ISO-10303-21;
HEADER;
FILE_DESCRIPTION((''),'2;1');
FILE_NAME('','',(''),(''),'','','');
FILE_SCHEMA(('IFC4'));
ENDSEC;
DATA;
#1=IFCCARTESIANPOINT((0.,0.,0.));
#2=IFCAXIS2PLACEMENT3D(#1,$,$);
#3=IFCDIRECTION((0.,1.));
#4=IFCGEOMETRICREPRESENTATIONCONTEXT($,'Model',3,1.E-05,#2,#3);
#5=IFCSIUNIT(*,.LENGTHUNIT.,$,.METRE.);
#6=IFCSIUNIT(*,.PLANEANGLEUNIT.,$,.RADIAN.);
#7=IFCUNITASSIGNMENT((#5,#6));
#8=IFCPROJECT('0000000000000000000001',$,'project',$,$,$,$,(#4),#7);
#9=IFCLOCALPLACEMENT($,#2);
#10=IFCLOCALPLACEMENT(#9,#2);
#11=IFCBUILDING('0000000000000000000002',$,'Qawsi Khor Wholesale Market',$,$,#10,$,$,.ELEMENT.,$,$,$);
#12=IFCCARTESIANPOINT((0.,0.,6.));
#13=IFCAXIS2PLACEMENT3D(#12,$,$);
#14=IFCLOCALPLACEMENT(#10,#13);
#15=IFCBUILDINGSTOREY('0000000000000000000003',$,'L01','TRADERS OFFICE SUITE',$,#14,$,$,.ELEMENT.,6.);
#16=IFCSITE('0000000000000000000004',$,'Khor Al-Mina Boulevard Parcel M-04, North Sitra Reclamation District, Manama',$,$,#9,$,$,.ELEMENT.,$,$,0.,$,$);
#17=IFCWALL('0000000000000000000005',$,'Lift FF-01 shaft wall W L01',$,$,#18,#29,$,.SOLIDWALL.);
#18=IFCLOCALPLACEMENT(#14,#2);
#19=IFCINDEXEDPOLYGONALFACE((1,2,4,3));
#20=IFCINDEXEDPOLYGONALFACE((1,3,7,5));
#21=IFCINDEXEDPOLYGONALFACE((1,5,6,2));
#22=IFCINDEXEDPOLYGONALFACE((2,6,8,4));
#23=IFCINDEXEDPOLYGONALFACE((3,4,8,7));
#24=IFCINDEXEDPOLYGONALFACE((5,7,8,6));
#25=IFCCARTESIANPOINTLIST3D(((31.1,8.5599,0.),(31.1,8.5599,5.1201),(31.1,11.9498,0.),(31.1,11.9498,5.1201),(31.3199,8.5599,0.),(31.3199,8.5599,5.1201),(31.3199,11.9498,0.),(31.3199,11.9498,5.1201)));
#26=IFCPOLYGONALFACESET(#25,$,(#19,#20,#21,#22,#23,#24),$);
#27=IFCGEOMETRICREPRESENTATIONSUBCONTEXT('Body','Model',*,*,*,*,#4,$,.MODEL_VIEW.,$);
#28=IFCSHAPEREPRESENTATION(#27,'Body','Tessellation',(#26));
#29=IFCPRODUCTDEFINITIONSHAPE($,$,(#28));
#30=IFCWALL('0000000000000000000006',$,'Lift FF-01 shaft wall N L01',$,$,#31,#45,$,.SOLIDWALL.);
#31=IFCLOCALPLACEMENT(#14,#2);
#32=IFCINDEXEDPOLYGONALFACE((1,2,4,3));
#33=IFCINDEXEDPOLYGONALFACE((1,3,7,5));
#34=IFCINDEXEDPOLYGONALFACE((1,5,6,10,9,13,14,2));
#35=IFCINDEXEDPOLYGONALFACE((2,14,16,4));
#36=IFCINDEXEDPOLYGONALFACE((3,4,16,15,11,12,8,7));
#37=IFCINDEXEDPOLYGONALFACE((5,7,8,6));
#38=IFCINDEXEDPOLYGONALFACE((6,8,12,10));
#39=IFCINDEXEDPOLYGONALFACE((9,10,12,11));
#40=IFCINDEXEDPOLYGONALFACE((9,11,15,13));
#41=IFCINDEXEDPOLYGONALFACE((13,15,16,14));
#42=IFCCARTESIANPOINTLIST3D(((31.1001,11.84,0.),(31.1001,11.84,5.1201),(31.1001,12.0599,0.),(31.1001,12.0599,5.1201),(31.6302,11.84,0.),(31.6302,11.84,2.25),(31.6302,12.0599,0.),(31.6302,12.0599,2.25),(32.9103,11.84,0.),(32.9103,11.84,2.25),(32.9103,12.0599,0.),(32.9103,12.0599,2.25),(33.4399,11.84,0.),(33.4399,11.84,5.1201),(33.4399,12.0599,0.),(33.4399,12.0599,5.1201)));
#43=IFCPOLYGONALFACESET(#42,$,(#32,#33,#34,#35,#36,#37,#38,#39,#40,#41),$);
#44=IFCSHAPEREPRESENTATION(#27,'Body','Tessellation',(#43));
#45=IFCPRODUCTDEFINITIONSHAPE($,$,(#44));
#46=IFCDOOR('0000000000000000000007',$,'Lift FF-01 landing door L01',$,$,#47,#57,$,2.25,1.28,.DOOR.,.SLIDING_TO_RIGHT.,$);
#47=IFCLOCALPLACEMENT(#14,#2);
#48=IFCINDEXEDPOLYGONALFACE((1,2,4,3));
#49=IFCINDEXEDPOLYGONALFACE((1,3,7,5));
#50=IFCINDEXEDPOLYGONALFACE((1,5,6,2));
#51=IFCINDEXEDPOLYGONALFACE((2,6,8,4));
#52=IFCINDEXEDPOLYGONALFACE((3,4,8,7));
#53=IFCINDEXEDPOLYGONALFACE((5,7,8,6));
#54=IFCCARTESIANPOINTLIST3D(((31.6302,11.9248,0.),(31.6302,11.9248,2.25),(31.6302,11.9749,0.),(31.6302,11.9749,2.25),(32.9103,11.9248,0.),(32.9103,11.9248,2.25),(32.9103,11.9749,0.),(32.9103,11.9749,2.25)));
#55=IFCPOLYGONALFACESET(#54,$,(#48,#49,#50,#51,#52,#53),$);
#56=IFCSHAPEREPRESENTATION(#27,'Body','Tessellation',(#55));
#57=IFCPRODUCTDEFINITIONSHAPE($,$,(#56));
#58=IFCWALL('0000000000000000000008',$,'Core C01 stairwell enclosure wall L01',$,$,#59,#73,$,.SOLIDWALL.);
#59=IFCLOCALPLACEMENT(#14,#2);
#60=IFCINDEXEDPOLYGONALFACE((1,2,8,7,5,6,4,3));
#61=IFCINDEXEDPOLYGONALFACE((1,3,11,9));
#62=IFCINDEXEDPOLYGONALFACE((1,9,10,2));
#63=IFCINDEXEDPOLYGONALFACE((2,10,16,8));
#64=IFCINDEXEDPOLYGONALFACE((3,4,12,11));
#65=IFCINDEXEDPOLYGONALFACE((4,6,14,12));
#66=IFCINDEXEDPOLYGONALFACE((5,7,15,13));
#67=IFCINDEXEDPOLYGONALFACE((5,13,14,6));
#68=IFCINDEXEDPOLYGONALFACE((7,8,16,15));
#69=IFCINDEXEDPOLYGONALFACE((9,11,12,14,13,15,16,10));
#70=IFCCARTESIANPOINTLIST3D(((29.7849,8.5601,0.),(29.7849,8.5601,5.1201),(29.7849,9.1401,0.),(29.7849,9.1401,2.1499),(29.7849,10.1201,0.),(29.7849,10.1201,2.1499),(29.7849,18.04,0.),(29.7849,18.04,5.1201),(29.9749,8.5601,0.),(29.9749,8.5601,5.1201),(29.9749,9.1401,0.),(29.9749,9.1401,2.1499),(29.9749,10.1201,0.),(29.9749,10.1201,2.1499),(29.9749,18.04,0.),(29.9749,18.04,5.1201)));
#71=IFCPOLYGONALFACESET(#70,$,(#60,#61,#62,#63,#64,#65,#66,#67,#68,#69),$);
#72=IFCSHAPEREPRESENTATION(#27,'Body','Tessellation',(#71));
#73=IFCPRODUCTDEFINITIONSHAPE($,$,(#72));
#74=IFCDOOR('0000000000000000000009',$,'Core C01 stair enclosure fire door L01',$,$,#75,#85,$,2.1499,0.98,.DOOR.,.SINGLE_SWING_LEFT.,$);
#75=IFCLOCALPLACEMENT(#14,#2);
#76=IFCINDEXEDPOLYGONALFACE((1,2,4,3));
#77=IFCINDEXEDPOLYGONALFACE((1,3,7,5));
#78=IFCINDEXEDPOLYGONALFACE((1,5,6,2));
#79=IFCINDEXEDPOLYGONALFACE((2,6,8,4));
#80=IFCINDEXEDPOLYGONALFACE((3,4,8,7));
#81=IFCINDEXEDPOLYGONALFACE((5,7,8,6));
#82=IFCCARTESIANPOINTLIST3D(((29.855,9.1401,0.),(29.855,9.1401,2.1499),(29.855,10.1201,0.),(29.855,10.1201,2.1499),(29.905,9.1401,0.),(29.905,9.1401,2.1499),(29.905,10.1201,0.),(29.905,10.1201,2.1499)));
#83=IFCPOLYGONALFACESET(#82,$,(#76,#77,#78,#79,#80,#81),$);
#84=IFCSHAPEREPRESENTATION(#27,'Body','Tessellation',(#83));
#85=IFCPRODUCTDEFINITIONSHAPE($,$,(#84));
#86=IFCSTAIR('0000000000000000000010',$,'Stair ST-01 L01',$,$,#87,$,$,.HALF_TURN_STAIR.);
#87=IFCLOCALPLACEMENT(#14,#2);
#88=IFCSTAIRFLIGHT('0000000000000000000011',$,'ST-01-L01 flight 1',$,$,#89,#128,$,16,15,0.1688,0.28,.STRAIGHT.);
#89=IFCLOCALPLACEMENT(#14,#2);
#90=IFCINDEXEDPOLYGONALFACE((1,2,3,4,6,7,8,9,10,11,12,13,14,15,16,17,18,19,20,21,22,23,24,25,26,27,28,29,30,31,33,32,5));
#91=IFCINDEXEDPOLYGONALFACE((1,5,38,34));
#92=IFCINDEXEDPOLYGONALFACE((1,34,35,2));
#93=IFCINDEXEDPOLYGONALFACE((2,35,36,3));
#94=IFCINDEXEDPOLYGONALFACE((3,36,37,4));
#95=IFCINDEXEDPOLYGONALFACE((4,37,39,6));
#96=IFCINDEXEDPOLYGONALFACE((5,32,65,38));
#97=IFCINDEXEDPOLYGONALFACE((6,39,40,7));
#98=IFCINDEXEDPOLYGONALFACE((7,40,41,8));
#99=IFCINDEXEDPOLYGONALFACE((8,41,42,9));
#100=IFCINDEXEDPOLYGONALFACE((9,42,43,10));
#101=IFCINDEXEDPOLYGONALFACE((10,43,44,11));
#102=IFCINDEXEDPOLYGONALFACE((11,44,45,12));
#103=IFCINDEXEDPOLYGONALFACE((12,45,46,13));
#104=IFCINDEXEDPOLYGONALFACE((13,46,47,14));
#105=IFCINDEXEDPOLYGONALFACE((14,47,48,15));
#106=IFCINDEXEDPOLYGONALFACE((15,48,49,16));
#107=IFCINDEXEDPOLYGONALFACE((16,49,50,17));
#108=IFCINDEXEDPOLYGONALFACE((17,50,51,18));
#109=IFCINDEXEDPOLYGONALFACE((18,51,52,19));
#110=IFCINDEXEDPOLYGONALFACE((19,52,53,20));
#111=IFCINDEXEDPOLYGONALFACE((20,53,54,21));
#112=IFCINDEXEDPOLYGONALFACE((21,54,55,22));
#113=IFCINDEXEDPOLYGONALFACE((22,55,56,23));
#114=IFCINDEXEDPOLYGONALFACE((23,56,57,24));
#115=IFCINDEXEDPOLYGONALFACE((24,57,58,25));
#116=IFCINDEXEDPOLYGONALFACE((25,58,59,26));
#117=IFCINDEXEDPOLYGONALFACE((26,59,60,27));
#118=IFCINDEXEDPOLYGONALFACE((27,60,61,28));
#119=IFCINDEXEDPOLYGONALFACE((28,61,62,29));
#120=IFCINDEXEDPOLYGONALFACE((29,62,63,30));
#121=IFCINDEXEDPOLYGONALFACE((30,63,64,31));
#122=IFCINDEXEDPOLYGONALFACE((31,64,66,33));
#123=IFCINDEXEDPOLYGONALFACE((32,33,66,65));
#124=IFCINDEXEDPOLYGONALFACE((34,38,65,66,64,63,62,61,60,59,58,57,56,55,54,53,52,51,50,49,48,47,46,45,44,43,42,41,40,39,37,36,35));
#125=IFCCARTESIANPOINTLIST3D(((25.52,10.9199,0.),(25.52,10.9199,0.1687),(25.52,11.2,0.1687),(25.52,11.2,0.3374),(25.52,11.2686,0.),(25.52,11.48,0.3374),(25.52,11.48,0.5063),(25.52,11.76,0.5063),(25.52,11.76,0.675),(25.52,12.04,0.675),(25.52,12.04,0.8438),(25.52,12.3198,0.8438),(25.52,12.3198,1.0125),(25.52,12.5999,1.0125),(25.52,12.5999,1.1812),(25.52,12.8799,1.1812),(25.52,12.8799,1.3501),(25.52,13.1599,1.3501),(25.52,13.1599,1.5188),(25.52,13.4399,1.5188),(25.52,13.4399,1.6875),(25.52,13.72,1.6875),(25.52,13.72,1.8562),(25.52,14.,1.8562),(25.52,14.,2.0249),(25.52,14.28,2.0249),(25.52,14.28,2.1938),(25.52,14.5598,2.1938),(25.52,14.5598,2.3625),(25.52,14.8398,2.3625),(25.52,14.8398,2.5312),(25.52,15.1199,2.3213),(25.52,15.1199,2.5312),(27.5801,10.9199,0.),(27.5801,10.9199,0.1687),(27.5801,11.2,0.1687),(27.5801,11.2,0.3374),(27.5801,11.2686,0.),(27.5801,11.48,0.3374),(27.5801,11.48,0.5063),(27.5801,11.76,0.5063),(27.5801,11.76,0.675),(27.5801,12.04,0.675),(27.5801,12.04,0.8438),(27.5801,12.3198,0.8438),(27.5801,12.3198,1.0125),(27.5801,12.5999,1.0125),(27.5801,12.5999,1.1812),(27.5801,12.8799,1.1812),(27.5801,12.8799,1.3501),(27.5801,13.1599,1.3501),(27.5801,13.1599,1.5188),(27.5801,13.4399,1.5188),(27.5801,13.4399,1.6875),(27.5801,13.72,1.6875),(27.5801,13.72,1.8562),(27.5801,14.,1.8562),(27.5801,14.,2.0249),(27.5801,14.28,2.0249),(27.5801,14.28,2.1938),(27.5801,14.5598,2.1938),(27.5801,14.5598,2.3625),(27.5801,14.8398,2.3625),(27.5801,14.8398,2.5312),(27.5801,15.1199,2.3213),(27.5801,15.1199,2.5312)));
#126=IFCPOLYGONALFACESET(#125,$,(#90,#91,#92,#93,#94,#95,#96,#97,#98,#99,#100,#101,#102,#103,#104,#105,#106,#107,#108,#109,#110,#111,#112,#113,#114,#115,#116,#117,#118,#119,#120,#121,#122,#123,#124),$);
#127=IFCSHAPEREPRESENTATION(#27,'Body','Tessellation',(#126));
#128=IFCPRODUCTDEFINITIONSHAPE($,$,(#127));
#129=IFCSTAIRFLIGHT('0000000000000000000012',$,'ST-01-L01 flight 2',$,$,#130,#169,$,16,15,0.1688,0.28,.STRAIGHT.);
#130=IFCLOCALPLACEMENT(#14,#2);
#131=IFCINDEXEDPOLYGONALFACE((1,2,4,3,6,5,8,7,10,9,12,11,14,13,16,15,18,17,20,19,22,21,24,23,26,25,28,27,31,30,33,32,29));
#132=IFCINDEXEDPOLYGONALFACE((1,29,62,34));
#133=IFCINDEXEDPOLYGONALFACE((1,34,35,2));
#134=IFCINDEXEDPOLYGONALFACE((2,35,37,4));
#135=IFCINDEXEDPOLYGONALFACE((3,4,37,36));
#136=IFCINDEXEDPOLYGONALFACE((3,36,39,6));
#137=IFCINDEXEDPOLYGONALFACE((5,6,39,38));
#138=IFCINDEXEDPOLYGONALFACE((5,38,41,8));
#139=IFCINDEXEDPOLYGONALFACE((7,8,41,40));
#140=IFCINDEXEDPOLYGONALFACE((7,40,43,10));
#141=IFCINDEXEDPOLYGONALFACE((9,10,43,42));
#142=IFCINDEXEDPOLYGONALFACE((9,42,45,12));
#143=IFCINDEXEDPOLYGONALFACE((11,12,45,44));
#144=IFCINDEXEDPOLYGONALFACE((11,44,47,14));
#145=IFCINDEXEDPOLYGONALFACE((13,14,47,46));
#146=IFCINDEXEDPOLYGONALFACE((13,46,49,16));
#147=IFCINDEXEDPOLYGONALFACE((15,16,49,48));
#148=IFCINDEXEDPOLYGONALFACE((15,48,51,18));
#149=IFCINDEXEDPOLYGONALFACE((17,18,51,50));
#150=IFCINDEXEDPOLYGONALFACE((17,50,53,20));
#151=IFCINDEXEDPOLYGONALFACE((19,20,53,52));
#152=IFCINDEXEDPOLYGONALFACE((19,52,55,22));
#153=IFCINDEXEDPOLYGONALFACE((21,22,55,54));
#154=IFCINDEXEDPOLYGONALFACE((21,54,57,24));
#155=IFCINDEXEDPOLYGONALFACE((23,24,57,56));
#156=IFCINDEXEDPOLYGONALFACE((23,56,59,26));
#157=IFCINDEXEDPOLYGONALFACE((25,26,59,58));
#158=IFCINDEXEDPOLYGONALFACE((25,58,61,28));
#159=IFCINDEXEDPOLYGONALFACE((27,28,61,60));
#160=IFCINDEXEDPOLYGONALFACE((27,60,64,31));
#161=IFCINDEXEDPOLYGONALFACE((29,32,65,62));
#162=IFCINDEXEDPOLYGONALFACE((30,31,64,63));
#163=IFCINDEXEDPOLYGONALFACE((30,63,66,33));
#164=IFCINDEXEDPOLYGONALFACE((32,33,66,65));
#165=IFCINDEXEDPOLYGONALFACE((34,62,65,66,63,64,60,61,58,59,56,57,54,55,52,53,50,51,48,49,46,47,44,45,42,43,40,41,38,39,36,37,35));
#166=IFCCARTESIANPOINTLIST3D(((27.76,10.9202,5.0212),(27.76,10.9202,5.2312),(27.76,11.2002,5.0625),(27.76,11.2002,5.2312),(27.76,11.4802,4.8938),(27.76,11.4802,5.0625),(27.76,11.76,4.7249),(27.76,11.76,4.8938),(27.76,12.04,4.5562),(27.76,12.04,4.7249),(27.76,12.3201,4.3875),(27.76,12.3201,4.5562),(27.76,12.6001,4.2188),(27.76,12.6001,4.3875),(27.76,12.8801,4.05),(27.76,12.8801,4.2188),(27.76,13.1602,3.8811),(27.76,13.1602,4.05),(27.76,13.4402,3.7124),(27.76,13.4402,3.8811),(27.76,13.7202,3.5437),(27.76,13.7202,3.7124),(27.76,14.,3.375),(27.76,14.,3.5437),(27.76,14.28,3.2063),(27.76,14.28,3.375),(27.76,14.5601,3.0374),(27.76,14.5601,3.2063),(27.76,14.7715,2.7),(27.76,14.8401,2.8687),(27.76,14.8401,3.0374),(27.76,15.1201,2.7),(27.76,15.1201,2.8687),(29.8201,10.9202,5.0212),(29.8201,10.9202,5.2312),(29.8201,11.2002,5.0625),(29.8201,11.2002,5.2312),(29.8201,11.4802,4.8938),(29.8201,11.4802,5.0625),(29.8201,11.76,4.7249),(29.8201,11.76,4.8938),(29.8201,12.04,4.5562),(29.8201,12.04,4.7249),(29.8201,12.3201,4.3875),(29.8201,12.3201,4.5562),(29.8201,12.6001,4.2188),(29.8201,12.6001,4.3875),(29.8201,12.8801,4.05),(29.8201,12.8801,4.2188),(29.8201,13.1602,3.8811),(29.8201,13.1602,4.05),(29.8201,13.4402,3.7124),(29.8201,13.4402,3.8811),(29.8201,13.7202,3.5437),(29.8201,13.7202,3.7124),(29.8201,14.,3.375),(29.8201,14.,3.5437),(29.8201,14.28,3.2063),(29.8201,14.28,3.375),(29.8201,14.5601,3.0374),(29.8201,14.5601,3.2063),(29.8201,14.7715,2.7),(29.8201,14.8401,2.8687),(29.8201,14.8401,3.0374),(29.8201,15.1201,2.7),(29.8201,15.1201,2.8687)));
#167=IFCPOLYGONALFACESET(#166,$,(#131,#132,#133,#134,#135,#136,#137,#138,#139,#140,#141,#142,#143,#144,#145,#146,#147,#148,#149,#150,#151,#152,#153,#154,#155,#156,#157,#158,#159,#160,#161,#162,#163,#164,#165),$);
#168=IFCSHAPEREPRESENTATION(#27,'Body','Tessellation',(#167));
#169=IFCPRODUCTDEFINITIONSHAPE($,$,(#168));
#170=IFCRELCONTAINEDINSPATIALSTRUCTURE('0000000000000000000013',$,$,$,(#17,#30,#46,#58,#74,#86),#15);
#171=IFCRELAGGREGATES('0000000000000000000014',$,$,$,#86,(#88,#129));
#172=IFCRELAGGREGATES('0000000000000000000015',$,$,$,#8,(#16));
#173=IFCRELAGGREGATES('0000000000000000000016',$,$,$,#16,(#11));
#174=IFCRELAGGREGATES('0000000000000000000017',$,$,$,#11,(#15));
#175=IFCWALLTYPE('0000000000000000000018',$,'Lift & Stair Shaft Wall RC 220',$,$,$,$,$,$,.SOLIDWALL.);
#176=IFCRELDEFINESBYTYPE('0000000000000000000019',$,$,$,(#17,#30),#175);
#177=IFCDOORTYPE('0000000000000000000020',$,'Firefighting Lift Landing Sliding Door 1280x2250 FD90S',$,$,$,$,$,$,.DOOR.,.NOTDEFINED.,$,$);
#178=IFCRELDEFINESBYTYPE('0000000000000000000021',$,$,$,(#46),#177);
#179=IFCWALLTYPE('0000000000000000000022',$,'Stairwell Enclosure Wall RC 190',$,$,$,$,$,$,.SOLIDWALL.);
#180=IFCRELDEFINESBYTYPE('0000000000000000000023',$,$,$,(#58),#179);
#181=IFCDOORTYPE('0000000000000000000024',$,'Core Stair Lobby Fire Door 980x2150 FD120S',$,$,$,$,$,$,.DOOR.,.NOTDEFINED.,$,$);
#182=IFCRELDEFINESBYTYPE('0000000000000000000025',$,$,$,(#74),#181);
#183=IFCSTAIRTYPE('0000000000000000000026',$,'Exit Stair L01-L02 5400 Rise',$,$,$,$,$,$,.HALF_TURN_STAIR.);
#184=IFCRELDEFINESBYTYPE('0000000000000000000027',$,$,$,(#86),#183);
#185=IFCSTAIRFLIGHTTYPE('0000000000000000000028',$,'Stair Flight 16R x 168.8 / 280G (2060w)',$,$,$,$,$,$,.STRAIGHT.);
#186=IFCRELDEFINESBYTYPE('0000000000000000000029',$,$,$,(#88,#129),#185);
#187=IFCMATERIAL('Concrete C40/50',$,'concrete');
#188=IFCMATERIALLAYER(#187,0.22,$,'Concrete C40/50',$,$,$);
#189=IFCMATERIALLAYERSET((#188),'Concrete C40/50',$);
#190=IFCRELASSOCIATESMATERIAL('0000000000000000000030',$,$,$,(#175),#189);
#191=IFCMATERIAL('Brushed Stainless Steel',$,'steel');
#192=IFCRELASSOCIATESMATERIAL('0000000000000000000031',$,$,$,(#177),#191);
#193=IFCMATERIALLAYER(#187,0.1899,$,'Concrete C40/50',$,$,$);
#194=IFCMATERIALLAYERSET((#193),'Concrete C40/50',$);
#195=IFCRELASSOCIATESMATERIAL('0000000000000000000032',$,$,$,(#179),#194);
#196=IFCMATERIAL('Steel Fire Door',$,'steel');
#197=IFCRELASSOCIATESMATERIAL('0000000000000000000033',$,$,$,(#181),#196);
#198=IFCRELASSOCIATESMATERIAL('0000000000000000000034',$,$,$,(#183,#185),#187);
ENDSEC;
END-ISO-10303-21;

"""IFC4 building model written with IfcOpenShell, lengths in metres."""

from ifc_helpers import new_model, si_unit, direction, frame, frame_2d, origin, place, context, subcontext, project, spatial, polyline, rectangle, outline, extrude, material, layer, layer_set, type_object, element, fill, aggregate, save


model = new_model("IFC4")

# Units and contexts
model_context = context("Model", 3, precision=1e-05, world=origin(), true_north=direction((0.0, 1.0)))
body_context = subcontext(model_context, "Body", "Model", "MODEL_VIEW")
ifc_project = project(units=[si_unit("LENGTHUNIT", "METRE"), si_unit("PLANEANGLEUNIT", "RADIAN")], contexts=[model_context])

# Site, building, storey
site_placement = place(None, origin())
site = spatial("IfcSite", under=ifc_project, at=site_placement, Name="Khor Al-Mina Boulevard Parcel M-04, North Sitra Reclamation District, Manama", CompositionType="ELEMENT", RefElevation=0.0)
building_placement = place(site_placement, origin())
building = spatial("IfcBuilding", under=site, at=building_placement, Name="Qawsi Khor Wholesale Market", CompositionType="ELEMENT")
storey_placement = place(building_placement, frame((0.0, 0.0, 6.0)))
storey = spatial("IfcBuildingStorey", under=building, at=storey_placement, Name="L01", Description="TRADERS OFFICE SUITE", CompositionType="ELEMENT", Elevation=6.0)

# Shared definitions
ifc_material_1 = material(Name="Concrete C40/50", Category="concrete")

# Wall
ifc_layer_1 = layer(ifc_material_1, 0.22, Name="Concrete C40/50")
ifc_layer_set_1 = layer_set([ifc_layer_1], Name="Concrete C40/50")
wall_type_1 = type_object("IfcWallType", Name="Lift & Stair Shaft Wall RC 220", PredefinedType="SOLIDWALL", material=ifc_layer_set_1)
wall_1_placement = place(storey_placement, frame((31.21, 8.5601, 0.0), z_axis=(0.0, 0.0, 1.0), x_axis=(0.0, 1.0, 0.0)))
element("IfcWall", 1, at=wall_1_placement, inside=storey, type_object=wall_type_1, Name="Lift FF-01 shaft wall W L01", PredefinedType="SOLIDWALL", context=body_context, shape_type="SweptSolid", body=[
    extrude(rectangle(XDim=3.3899, YDim=0.22, at=frame_2d((1.6948, 0.0))), origin(), (0.0, 0.0, 1.0), 5.1201),
])

# Walls, openings, doors
wall_2_placement = place(storey_placement, frame((31.1001, 11.95, 0.0), z_axis=(0.0, 0.0, 1.0), x_axis=(1.0, 0.0, 0.0)))
wall_2 = element("IfcWall", 2, at=wall_2_placement, inside=storey, type_object=wall_type_1, Name="Lift FF-01 shaft wall N L01", PredefinedType="SOLIDWALL", context=body_context, shape_type="SweptSolid", body=[
    extrude(rectangle(XDim=2.3398, YDim=0.22, at=frame_2d((1.1699, 0.0))), origin(), (0.0, 0.0, 1.0), 5.1201),
])
opening_1_placement = place(wall_2_placement, frame((0.53, 0.0, 0.0)))
opening_1 = element("IfcOpeningElement", 3, at=opening_1_placement, cuts=wall_2, PredefinedType="OPENING", context=body_context, shape_type="SweptSolid", body=[
    extrude(rectangle(XDim=1.28, YDim=2.25, at=frame_2d((0.6401, 1.125))), frame((0.0, 0.1199, 0.0), z_axis=(0.0, -1.0, 0.0), x_axis=(1.0, 0.0, 0.0)), (0.0, 0.0, 1.0), 0.24),
])
ifc_material_2 = material(Name="Brushed Stainless Steel", Category="steel")
door_type_1 = type_object("IfcDoorType", Name="Firefighting Lift Landing Sliding Door 1280x2250 FD90S", OperationType="NOTDEFINED", PredefinedType="DOOR", material=ifc_material_2)
door_1_placement = place(opening_1_placement, origin())
door_1 = element("IfcDoor", 4, at=door_1_placement, inside=storey, type_object=door_type_1, Name="Lift FF-01 landing door L01", OperationType="SLIDING_TO_RIGHT", OverallHeight=2.25, OverallWidth=1.28, PredefinedType="DOOR", context=body_context, shape_type="SweptSolid", body=[
    extrude(rectangle(XDim=1.28, YDim=2.25, at=frame_2d((0.6401, 1.125))), frame((0.0, 0.0249, 0.0), z_axis=(0.0, -1.0, 0.0), x_axis=(1.0, 0.0, 0.0)), (0.0, 0.0, 1.0), 0.05),
])
fill(opening_1, door_1)
ifc_layer_2 = layer(ifc_material_1, 0.1899, Name="Concrete C40/50")
ifc_layer_set_2 = layer_set([ifc_layer_2], Name="Concrete C40/50")
wall_type_2 = type_object("IfcWallType", Name="Stairwell Enclosure Wall RC 190", PredefinedType="SOLIDWALL", material=ifc_layer_set_2)
wall_3_placement = place(storey_placement, frame((29.8799, 8.5601, 0.0), z_axis=(0.0, 0.0, 1.0), x_axis=(0.0, 1.0, 0.0)))
wall_3 = element("IfcWall", 5, at=wall_3_placement, inside=storey, type_object=wall_type_2, Name="Core C01 stairwell enclosure wall L01", PredefinedType="SOLIDWALL", context=body_context, shape_type="SweptSolid", body=[
    extrude(rectangle(XDim=9.48, YDim=0.1899, at=frame_2d((4.74, 0.0))), origin(), (0.0, 0.0, 1.0), 5.1201),
])
opening_2_placement = place(wall_3_placement, frame((0.5801, 0.0, 0.0)))
opening_2 = element("IfcOpeningElement", 6, at=opening_2_placement, cuts=wall_3, PredefinedType="OPENING", context=body_context, shape_type="SweptSolid", body=[
    extrude(rectangle(XDim=0.98, YDim=2.1499, at=frame_2d((0.49, 1.075))), frame((0.0, 0.105, 0.0), z_axis=(0.0, -1.0, 0.0), x_axis=(1.0, 0.0, 0.0)), (0.0, 0.0, 1.0), 0.21),
])
ifc_material_3 = material(Name="Steel Fire Door", Category="steel")
door_type_2 = type_object("IfcDoorType", Name="Core Stair Lobby Fire Door 980x2150 FD120S", OperationType="NOTDEFINED", PredefinedType="DOOR", material=ifc_material_3)
door_2_placement = place(opening_2_placement, origin())
door_2 = element("IfcDoor", 7, at=door_2_placement, inside=storey, type_object=door_type_2, Name="Core C01 stair enclosure fire door L01", OperationType="SINGLE_SWING_LEFT", OverallHeight=2.1499, OverallWidth=0.98, PredefinedType="DOOR", context=body_context, shape_type="SweptSolid", body=[
    extrude(rectangle(XDim=0.98, YDim=2.1499, at=frame_2d((0.49, 1.075))), frame((0.0, 0.0249, 0.0), z_axis=(0.0, -1.0, 0.0), x_axis=(1.0, 0.0, 0.0)), (0.0, 0.0, 1.0), 0.05),
])
fill(opening_2, door_2)

# Stair, stair flights
stair_type = type_object("IfcStairType", Name="Exit Stair L01-L02 5400 Rise", PredefinedType="HALF_TURN_STAIR", material=ifc_material_1)
stair_placement = place(storey_placement, origin())
stair = element("IfcStair", 8, at=stair_placement, inside=storey, type_object=stair_type, Name="Stair ST-01 L01", PredefinedType="HALF_TURN_STAIR")
stair_flight_type = type_object("IfcStairFlightType", Name="Stair Flight 16R x 168.8 / 280G (2060w)", PredefinedType="STRAIGHT", material=ifc_material_1)
stair_flight_1_placement = place(storey_placement, frame((26.55, 10.9199, 0.0), z_axis=(0.0, 0.0, 1.0), x_axis=(0.0, 1.0, 0.0)))
stair_flight_1 = element("IfcStairFlight", 9, at=stair_flight_1_placement, type_object=stair_flight_type, Name="ST-01-L01 flight 1", NumberOfRisers=16, NumberOfTreads=15, PredefinedType="STRAIGHT", RiserHeight=0.1688, TreadLength=0.28, context=body_context, shape_type="SweptSolid", body=[
    extrude(outline(polyline([(0.0, 0.0), (0.0, 0.1687), (0.28, 0.1687), (0.28, 0.3374), (0.5601, 0.3374), (0.5601, 0.5063), (0.8401, 0.5063), (0.8401, 0.675), (1.1201, 0.675), (1.1201, 0.8438), (1.3999, 0.8438), (1.3999, 1.0125), (1.6799, 1.0125), (1.6799, 1.1812), (1.96, 1.1812), (1.96, 1.3501), (2.24, 1.3501), (2.24, 1.5188), (2.52, 1.5188), (2.52, 1.6875), (2.8, 1.6875), (2.8, 1.8562), (3.0801, 1.8562), (3.0801, 2.0249), (3.3601, 2.0249), (3.3601, 2.1938), (3.6399, 2.1938), (3.6399, 2.3625), (3.9199, 2.3625), (3.9199, 2.5312), (4.2, 2.5312), (4.2, 2.7), (4.2, 2.3213), (0.3486, 0.0), (0.0, 0.0)])), frame((0.0, 1.03, 0.0), z_axis=(0.0, -1.0, 0.0), x_axis=(1.0, 0.0, 0.0)), (0.0, 0.0, 1.0), 2.0601),
])
stair_flight_2_placement = place(storey_placement, frame((28.79, 15.1201, 2.7), z_axis=(0.0, 0.0, 1.0), x_axis=(0.0, -1.0, 0.0)))
stair_flight_2 = element("IfcStairFlight", 10, at=stair_flight_2_placement, type_object=stair_flight_type, Name="ST-01-L01 flight 2", NumberOfRisers=16, NumberOfTreads=15, PredefinedType="STRAIGHT", RiserHeight=0.1688, TreadLength=0.28, context=body_context, shape_type="SweptSolid", body=[
    extrude(outline(polyline([(0.0, 0.0), (0.0, 0.1687), (0.28, 0.1687), (0.28, 0.3374), (0.5601, 0.3374), (0.5601, 0.5063), (0.8401, 0.5063), (0.8401, 0.675), (1.1201, 0.675), (1.1201, 0.8438), (1.3999, 0.8438), (1.3999, 1.0125), (1.6799, 1.0125), (1.6799, 1.1812), (1.96, 1.1812), (1.96, 1.3501), (2.24, 1.3501), (2.24, 1.5188), (2.52, 1.5188), (2.52, 1.6875), (2.8, 1.6875), (2.8, 1.8562), (3.0801, 1.8562), (3.0801, 2.0249), (3.3601, 2.0249), (3.3601, 2.1938), (3.6399, 2.1938), (3.6399, 2.3625), (3.9199, 2.3625), (3.9199, 2.5312), (4.2, 2.5312), (4.2, 2.7), (4.2, 2.3213), (0.3486, 0.0), (0.0, 0.0)])), frame((0.0, 1.03, 0.0), z_axis=(0.0, -1.0, 0.0), x_axis=(1.0, 0.0, 0.0)), (0.0, 0.0, 1.0), 2.0601),
])
aggregate(stair, [stair_flight_1, stair_flight_2])

save(model, "model.ifc")
